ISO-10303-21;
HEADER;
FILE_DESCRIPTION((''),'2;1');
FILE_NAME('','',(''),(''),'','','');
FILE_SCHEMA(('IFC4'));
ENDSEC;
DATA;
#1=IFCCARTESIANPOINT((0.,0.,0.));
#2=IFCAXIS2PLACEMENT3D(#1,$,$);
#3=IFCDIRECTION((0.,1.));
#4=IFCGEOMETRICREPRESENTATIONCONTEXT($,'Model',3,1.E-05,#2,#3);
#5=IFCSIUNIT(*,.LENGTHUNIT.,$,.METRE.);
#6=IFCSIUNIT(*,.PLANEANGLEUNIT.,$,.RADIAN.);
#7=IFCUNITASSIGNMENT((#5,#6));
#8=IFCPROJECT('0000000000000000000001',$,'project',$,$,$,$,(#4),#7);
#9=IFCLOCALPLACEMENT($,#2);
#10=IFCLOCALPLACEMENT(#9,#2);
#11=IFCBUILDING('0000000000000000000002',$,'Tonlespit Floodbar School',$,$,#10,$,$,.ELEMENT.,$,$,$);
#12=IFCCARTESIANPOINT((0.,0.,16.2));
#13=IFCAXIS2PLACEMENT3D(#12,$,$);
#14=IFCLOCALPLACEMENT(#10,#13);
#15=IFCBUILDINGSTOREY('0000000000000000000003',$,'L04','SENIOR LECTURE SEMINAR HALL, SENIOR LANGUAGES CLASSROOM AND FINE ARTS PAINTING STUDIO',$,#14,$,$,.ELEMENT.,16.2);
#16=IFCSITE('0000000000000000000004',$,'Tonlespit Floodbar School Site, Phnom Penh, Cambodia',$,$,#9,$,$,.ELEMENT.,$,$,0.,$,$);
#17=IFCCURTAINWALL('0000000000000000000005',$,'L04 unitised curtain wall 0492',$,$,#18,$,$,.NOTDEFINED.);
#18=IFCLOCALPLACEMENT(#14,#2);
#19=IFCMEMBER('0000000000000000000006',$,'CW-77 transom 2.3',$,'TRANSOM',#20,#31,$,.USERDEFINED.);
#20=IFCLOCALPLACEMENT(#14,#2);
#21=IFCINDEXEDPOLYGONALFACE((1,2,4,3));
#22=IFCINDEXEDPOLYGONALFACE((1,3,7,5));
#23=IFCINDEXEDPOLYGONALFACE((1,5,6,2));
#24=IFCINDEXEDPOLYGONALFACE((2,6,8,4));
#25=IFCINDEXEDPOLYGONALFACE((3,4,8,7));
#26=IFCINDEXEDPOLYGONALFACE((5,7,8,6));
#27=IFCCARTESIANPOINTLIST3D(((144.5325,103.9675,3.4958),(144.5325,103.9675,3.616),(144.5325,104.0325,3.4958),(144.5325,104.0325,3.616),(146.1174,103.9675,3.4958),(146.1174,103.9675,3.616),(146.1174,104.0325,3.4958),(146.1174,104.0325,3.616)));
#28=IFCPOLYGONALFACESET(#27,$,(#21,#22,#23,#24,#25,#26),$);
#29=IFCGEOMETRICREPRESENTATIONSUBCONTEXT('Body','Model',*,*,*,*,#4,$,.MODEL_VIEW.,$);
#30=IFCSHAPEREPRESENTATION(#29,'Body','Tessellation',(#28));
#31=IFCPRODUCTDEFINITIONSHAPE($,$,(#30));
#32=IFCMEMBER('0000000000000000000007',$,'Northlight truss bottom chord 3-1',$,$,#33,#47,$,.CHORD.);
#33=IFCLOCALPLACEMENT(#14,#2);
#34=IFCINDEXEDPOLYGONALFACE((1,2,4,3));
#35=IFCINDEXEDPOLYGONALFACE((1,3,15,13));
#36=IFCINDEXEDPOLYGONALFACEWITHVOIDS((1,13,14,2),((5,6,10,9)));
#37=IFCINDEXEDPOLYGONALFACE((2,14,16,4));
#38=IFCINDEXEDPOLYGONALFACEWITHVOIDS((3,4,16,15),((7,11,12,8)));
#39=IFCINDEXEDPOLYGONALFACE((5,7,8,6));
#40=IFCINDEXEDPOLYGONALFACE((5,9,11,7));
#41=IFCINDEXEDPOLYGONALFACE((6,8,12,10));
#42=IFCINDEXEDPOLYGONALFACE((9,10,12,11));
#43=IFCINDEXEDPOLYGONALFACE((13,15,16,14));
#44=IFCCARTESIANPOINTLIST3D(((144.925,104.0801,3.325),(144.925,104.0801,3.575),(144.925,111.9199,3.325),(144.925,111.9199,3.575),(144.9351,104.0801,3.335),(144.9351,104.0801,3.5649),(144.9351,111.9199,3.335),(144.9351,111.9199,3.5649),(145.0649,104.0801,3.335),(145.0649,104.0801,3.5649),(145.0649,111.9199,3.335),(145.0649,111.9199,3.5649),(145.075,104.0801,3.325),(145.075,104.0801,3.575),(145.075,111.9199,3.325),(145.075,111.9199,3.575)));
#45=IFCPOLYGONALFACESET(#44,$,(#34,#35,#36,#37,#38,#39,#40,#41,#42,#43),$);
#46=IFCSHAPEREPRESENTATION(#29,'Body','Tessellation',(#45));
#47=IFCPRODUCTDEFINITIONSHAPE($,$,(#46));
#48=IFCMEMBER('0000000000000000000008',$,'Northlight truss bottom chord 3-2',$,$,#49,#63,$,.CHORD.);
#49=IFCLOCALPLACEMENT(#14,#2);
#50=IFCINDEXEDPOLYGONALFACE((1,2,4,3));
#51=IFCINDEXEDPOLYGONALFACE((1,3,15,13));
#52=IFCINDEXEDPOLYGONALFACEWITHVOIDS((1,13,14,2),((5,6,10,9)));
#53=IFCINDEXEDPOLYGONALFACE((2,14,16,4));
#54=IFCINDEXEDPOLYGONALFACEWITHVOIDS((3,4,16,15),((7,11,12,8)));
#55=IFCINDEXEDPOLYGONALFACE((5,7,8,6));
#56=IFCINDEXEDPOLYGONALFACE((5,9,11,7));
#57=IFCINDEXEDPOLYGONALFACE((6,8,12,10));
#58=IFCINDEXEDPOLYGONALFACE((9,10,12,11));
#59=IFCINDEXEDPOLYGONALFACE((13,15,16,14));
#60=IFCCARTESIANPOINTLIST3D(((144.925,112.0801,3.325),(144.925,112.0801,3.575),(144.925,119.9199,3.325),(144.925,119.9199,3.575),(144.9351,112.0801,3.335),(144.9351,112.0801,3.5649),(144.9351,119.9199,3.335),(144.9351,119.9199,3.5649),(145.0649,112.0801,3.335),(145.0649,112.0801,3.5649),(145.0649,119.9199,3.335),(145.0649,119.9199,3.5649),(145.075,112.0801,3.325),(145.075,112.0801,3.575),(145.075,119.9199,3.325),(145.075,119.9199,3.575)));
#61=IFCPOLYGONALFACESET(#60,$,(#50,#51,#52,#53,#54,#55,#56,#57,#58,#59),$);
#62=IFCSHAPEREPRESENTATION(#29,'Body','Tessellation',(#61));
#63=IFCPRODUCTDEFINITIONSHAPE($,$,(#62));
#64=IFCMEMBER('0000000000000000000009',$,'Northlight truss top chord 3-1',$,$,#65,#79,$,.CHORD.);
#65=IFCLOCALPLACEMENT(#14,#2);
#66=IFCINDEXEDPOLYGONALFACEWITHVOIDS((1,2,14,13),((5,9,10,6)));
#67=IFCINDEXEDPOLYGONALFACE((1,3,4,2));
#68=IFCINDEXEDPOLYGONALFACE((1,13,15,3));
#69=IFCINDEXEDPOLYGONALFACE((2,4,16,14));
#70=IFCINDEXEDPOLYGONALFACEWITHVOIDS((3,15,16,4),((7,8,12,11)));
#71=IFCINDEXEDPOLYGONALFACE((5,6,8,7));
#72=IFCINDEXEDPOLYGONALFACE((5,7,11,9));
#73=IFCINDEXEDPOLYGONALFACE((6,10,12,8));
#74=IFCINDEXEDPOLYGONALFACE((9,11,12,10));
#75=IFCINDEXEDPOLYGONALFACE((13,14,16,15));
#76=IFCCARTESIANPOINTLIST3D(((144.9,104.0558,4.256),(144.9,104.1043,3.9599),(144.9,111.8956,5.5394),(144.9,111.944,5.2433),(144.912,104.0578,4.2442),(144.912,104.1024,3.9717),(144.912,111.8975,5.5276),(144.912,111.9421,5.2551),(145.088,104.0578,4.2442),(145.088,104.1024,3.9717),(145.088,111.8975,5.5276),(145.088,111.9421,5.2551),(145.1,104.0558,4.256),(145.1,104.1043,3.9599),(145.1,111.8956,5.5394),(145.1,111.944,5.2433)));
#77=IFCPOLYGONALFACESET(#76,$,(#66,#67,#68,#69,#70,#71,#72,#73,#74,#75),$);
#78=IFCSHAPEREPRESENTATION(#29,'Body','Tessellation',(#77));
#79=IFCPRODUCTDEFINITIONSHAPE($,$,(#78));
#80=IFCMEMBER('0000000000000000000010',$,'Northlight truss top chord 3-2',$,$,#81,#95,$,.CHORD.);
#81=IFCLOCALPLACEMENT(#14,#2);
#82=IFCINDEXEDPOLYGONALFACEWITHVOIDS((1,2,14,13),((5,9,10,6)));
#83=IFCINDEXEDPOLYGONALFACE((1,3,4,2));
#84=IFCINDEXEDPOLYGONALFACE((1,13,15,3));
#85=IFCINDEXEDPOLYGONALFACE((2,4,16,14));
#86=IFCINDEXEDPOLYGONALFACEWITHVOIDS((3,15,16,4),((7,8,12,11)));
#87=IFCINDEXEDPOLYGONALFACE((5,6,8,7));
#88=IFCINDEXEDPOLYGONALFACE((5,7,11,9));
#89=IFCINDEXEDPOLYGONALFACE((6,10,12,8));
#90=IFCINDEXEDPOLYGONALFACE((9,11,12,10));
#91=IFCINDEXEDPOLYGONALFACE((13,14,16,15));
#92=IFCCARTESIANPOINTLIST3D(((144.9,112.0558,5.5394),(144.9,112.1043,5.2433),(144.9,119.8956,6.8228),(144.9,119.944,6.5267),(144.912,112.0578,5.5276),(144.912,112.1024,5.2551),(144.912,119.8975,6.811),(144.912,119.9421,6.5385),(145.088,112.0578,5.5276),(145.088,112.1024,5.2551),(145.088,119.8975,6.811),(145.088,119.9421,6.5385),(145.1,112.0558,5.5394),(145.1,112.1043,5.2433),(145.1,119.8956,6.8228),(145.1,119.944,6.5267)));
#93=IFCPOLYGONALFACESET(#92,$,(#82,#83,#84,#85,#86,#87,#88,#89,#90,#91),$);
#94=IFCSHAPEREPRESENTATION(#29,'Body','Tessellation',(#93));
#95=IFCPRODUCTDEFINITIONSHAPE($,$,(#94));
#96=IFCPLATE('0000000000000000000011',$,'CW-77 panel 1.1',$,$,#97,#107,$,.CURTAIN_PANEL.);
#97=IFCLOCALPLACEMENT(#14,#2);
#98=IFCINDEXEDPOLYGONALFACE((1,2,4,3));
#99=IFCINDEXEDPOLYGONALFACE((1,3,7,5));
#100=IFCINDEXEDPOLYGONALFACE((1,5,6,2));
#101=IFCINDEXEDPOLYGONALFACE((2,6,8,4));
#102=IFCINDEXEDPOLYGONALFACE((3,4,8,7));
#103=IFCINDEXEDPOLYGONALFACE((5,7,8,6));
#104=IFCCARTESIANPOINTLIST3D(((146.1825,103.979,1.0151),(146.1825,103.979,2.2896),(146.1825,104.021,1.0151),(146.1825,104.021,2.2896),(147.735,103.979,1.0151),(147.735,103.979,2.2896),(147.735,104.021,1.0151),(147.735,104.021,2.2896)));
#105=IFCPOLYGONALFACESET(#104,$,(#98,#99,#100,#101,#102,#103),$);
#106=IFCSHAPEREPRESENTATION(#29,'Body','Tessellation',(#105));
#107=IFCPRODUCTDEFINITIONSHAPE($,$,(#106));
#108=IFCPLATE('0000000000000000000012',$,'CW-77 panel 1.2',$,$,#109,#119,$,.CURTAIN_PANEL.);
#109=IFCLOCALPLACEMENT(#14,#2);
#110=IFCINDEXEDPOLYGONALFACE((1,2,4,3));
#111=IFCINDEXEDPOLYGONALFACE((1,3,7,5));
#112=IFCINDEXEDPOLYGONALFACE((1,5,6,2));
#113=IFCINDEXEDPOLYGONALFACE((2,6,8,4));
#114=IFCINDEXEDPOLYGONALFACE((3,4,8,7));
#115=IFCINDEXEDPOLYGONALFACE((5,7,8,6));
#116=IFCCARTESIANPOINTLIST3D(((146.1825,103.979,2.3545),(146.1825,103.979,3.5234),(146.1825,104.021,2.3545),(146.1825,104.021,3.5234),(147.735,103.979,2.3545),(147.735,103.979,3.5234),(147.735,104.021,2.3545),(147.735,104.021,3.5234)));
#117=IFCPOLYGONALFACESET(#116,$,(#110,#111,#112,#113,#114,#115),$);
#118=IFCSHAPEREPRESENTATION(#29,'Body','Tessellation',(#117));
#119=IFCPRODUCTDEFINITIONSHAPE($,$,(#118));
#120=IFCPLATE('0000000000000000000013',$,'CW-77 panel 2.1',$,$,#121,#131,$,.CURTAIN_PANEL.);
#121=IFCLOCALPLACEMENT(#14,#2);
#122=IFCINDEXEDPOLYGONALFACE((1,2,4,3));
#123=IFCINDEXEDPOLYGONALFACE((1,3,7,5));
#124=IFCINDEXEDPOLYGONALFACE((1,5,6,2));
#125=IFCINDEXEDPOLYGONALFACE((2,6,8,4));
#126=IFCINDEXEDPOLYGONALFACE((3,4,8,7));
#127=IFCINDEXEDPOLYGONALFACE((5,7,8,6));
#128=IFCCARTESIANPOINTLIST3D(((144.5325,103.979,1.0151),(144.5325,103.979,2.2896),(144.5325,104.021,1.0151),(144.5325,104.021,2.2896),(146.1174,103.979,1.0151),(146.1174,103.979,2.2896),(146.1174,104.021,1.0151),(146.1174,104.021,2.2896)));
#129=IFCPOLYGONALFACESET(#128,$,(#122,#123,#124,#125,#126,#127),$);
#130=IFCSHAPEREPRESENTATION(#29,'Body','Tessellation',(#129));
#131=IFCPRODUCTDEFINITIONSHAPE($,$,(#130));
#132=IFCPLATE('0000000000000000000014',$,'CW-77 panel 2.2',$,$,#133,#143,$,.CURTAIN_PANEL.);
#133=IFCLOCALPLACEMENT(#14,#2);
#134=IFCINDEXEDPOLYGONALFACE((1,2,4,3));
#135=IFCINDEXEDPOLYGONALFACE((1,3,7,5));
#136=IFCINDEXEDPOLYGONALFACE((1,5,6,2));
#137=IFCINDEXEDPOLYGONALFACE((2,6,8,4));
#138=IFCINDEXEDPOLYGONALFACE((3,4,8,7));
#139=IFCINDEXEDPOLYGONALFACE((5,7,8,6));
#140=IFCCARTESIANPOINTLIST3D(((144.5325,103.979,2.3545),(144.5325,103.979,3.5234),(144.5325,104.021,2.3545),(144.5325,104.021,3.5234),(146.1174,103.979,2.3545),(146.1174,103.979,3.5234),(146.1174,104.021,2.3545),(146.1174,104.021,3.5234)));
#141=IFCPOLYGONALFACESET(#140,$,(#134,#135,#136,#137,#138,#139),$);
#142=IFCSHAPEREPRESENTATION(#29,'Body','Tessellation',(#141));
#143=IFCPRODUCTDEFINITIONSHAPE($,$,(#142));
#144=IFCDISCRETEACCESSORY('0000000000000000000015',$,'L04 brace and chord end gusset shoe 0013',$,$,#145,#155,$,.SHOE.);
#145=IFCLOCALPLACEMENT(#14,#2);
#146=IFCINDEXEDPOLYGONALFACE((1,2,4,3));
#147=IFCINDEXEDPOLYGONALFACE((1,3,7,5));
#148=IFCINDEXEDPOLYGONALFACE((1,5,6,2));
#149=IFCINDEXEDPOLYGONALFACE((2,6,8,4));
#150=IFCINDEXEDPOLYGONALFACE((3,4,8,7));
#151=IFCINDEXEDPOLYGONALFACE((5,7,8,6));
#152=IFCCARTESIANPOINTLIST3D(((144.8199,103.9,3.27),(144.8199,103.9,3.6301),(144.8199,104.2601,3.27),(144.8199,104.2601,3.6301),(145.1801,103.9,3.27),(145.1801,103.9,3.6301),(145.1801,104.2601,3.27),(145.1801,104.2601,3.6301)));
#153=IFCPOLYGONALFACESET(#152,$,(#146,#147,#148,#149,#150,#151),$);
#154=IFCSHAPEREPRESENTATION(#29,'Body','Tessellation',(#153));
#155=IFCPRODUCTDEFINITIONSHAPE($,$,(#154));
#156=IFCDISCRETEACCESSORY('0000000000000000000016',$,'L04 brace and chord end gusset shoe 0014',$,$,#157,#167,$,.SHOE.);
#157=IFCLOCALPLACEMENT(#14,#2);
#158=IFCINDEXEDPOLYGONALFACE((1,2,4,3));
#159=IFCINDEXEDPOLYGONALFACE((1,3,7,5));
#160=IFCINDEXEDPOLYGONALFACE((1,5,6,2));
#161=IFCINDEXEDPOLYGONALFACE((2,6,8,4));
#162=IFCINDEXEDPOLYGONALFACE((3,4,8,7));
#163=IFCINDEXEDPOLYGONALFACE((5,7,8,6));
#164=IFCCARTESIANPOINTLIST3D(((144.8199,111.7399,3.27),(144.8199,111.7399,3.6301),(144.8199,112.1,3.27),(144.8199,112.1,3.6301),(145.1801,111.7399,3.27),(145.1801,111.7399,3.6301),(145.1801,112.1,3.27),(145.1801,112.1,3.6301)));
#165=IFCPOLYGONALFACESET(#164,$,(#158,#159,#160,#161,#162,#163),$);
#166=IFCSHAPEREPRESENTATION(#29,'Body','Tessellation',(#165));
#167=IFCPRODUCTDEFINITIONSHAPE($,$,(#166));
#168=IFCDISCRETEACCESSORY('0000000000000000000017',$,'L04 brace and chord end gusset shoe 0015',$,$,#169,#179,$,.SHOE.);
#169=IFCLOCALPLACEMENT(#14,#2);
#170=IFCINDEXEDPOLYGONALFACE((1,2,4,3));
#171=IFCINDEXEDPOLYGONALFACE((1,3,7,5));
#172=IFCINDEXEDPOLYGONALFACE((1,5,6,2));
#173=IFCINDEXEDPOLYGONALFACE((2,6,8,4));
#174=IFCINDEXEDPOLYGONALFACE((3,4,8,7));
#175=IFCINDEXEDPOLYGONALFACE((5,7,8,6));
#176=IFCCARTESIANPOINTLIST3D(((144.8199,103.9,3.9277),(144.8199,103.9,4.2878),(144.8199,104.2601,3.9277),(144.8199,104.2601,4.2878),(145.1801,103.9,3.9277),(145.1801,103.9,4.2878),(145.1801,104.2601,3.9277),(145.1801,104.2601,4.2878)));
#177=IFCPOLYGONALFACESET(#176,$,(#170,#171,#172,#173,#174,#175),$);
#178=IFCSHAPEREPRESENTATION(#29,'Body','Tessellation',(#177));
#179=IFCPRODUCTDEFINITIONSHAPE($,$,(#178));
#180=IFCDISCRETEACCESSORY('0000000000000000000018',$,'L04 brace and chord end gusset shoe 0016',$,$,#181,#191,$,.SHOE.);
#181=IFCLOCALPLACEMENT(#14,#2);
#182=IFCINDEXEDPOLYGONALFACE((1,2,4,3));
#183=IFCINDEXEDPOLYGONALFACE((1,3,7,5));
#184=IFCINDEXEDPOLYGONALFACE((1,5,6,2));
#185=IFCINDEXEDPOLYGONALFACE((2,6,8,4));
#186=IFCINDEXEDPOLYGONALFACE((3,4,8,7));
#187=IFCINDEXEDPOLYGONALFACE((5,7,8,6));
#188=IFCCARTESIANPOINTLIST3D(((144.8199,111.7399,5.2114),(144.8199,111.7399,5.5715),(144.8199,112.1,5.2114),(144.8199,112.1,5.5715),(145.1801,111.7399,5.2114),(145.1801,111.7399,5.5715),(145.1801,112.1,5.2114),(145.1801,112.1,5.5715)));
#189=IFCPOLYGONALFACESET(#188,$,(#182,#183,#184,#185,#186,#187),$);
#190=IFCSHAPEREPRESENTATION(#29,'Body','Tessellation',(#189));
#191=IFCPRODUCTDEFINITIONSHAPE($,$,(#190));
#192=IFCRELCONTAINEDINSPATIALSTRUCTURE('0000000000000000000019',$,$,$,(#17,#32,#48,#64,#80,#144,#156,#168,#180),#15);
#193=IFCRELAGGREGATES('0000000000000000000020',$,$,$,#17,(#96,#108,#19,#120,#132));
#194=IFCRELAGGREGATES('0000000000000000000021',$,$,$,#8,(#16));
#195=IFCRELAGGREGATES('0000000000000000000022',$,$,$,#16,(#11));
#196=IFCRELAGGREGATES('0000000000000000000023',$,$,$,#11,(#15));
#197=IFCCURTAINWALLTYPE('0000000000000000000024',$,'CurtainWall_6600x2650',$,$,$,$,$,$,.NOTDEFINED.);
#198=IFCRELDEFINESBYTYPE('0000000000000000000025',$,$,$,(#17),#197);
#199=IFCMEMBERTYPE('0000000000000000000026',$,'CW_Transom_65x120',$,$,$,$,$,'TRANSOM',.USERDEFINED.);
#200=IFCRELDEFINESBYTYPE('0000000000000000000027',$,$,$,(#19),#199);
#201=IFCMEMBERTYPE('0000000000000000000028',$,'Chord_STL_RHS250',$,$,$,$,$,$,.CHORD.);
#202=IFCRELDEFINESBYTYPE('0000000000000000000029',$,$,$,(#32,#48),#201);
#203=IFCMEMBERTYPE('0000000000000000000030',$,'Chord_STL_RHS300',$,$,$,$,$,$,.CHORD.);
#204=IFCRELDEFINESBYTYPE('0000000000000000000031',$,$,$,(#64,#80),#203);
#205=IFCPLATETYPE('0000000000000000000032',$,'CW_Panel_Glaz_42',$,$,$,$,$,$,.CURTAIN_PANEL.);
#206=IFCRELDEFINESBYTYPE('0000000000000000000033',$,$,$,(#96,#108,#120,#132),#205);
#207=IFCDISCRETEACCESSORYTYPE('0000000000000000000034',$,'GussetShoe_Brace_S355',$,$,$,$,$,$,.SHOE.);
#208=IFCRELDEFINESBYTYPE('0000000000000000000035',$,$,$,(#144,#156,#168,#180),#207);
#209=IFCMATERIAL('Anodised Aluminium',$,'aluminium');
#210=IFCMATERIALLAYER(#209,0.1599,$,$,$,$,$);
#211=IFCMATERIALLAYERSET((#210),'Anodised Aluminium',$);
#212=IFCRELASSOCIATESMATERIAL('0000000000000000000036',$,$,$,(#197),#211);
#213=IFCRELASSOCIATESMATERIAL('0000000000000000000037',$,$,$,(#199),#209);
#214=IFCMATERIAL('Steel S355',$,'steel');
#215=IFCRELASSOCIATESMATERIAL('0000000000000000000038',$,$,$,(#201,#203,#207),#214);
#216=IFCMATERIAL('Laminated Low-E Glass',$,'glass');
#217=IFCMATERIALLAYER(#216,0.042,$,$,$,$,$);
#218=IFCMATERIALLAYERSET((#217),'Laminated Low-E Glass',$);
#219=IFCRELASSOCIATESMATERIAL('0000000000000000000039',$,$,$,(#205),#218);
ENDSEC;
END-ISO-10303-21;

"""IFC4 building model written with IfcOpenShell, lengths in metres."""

from ifc_helpers import new_model, si_unit, direction, frame, origin, origin_2d, place, context, subcontext, project, spatial, rectangle, hollow_rectangle, extrude, material, layer, layer_set, material_profile, profile_set, type_object, element, aggregate, save


model = new_model("IFC4")

# Units and contexts
model_context = context("Model", 3, precision=1e-05, world=origin(), true_north=direction((0.0, 1.0)))
body_context = subcontext(model_context, "Body", "Model", "MODEL_VIEW")
ifc_project = project(units=[si_unit("LENGTHUNIT", "METRE"), si_unit("PLANEANGLEUNIT", "RADIAN")], contexts=[model_context])

# Site, building, storey
site_placement = place(None, origin())
site = spatial("IfcSite", under=ifc_project, at=site_placement, Name="Tonlespit Floodbar School Site, Phnom Penh, Cambodia", CompositionType="ELEMENT", RefElevation=0.0)
building_placement = place(site_placement, origin())
building = spatial("IfcBuilding", under=site, at=building_placement, Name="Tonlespit Floodbar School", CompositionType="ELEMENT")
storey_placement = place(building_placement, frame((0.0, 0.0, 16.2)))
storey = spatial("IfcBuildingStorey", under=building, at=storey_placement, Name="L04", Description="SENIOR LECTURE SEMINAR HALL, SENIOR LANGUAGES CLASSROOM AND FINE ARTS PAINTING STUDIO", CompositionType="ELEMENT", Elevation=16.2)

# Shared definitions
ifc_material_1 = material(Name="Steel S355", Category="steel")

# Curtain wall, member
ifc_material_2 = material(Name="Anodised Aluminium", Category="aluminium")
ifc_layer_1 = layer(ifc_material_2, 0.1599)
ifc_layer_set_1 = layer_set([ifc_layer_1], Name="Anodised Aluminium")
curtain_wall_type = type_object("IfcCurtainWallType", Name="CurtainWall_6600x2650", PredefinedType="NOTDEFINED", material=ifc_layer_set_1)
curtain_wall_placement = place(storey_placement, origin())
curtain_wall = element("IfcCurtainWall", 1, at=curtain_wall_placement, inside=storey, type_object=curtain_wall_type, Name="L04 unitised curtain wall 0492", PredefinedType="NOTDEFINED")
ifc_material_profile_1 = material_profile(ifc_material_2, rectangle(XDim=0.0649, YDim=0.1201, at=origin_2d()), Name="ALU T65x120")
ifc_profile_set_1 = profile_set([ifc_material_profile_1], Name="Anodised Aluminium")
member_type_1 = type_object("IfcMemberType", Name="CW_Transom_65x120", ElementType="TRANSOM", PredefinedType="USERDEFINED", material=ifc_profile_set_1)
member_1_placement = place(storey_placement, frame((146.1174, 104.0, 3.5559), z_axis=(-1.0, 0.0, 0.0), x_axis=(0.0, -1.0, 0.0)))
member_1 = element("IfcMember", 2, at=member_1_placement, type_object=member_type_1, Name="CW-77 transom 2.3", ObjectType="TRANSOM", PredefinedType="USERDEFINED", context=body_context, shape_type="SweptSolid", body=[
    extrude(rectangle(XDim=0.0649, YDim=0.1201, at=origin_2d()), origin(), (0.0, 0.0, 1.0), 1.585),
])

# Members
ifc_material_profile_2 = material_profile(ifc_material_1, hollow_rectangle(XDim=0.1499, YDim=0.25, WallThickness=0.01, at=origin_2d()), Name="RHS 250x150x10")
ifc_profile_set_2 = profile_set([ifc_material_profile_2], Name="Steel S355")
member_type_2 = type_object("IfcMemberType", Name="Chord_STL_RHS250", PredefinedType="CHORD", material=ifc_profile_set_2)
for number, where, z_axis, x_axis, name in (
    (3, (145.0, 104.0801, 3.45), (0.0, 1.0, 0.0), (-1.0, 0.0, 0.0), "Northlight truss bottom chord 3-1"),
    (4, (145.0, 112.0801, 3.45), (0.0, 1.0, 0.0), (-1.0, 0.0, 0.0), "Northlight truss bottom chord 3-2"),
):
    element("IfcMember", number, at=place(storey_placement, frame(where, z_axis=z_axis, x_axis=x_axis)), inside=storey, type_object=member_type_2, Name=name, PredefinedType="CHORD", context=body_context, shape_type="SweptSolid", body=[
        extrude(hollow_rectangle(XDim=0.1499, YDim=0.25, WallThickness=0.01, at=origin_2d()), origin(), (0.0, 0.0, 1.0), 7.8398),
    ])
ifc_material_profile_3 = material_profile(ifc_material_1, hollow_rectangle(XDim=0.2, YDim=0.3, WallThickness=0.012, at=origin_2d()), Name="RHS 300x200x12")
ifc_profile_set_3 = profile_set([ifc_material_profile_3], Name="Steel S355")
member_type_3 = type_object("IfcMemberType", Name="Chord_STL_RHS300", PredefinedType="CHORD", material=ifc_profile_set_3)
for number, where, z_axis, x_axis, name in (
    (5, (145.0, 104.0801, 4.1079), (0.0, 0.986863, 0.161558), (-1.0, 0.0, 0.0), "Northlight truss top chord 3-1"),
    (6, (145.0, 112.0801, 5.3914), (0.0, 0.986863, 0.161558), (-1.0, 0.0, 0.0), "Northlight truss top chord 3-2"),
):
    element("IfcMember", number, at=place(storey_placement, frame(where, z_axis=z_axis, x_axis=x_axis)), inside=storey, type_object=member_type_3, Name=name, PredefinedType="CHORD", context=body_context, shape_type="SweptSolid", body=[
        extrude(hollow_rectangle(XDim=0.2, YDim=0.3, WallThickness=0.012, at=origin_2d()), origin(), (0.0, 0.0, 1.0), 7.9441),
    ])

# Plates
ifc_material_3 = material(Name="Laminated Low-E Glass", Category="glass")
ifc_layer_2 = layer(ifc_material_3, 0.042)
ifc_layer_set_2 = layer_set([ifc_layer_2], Name="Laminated Low-E Glass")
plate_type = type_object("IfcPlateType", Name="CW_Panel_Glaz_42", PredefinedType="CURTAIN_PANEL", material=ifc_layer_set_2)
plate_1_placement = place(storey_placement, frame((146.9587, 104.0, 1.0151), z_axis=(0.0, 0.0, 1.0), x_axis=(-1.0, 0.0, 0.0)))
plate_1 = element("IfcPlate", 7, at=plate_1_placement, type_object=plate_type, Name="CW-77 panel 1.1", PredefinedType="CURTAIN_PANEL", context=body_context, shape_type="SweptSolid", body=[
    extrude(rectangle(XDim=1.5525, YDim=0.042, at=origin_2d()), origin(), (0.0, 0.0, 1.0), 1.2744),
])
plate_2_placement = place(storey_placement, frame((146.9587, 104.0, 2.3545), z_axis=(0.0, 0.0, 1.0), x_axis=(-1.0, 0.0, 0.0)))
plate_2 = element("IfcPlate", 8, at=plate_2_placement, type_object=plate_type, Name="CW-77 panel 1.2", PredefinedType="CURTAIN_PANEL", context=body_context, shape_type="SweptSolid", body=[
    extrude(rectangle(XDim=1.5525, YDim=0.042, at=origin_2d()), origin(), (0.0, 0.0, 1.0), 1.1689),
])
plate_3_placement = place(storey_placement, frame((145.325, 104.0, 1.0151), z_axis=(0.0, 0.0, 1.0), x_axis=(-1.0, 0.0, 0.0)))
plate_3 = element("IfcPlate", 9, at=plate_3_placement, type_object=plate_type, Name="CW-77 panel 2.1", PredefinedType="CURTAIN_PANEL", context=body_context, shape_type="SweptSolid", body=[
    extrude(rectangle(XDim=1.585, YDim=0.042, at=origin_2d()), origin(), (0.0, 0.0, 1.0), 1.2744),
])
plate_4_placement = place(storey_placement, frame((145.325, 104.0, 2.3545), z_axis=(0.0, 0.0, 1.0), x_axis=(-1.0, 0.0, 0.0)))
plate_4 = element("IfcPlate", 10, at=plate_4_placement, type_object=plate_type, Name="CW-77 panel 2.2", PredefinedType="CURTAIN_PANEL", context=body_context, shape_type="SweptSolid", body=[
    extrude(rectangle(XDim=1.585, YDim=0.042, at=origin_2d()), origin(), (0.0, 0.0, 1.0), 1.1689),
])
aggregate(curtain_wall, [plate_1, plate_2, member_1, plate_3, plate_4])

# Discrete accessories
discrete_accessory_type = type_object("IfcDiscreteAccessoryType", Name="GussetShoe_Brace_S355", PredefinedType="SHOE", material=ifc_material_1)
for number, where, z_axis, x_axis, name in (
    (11, (145.0, 104.0801, 3.27), (0.0, 0.0, 1.0), (1.0, 0.0, 0.0), "L04 brace and chord end gusset shoe 0013"),
    (12, (145.0, 111.9199, 3.27), (0.0, 0.0, 1.0), (1.0, 0.0, 0.0), "L04 brace and chord end gusset shoe 0014"),
    (13, (145.0, 104.0801, 3.9277), (0.0, 0.0, 1.0), (1.0, 0.0, 0.0), "L04 brace and chord end gusset shoe 0015"),
    (14, (145.0, 111.9199, 5.2114), (0.0, 0.0, 1.0), (1.0, 0.0, 0.0), "L04 brace and chord end gusset shoe 0016"),
):
    element("IfcDiscreteAccessory", number, at=place(storey_placement, frame(where, z_axis=z_axis, x_axis=x_axis)), inside=storey, type_object=discrete_accessory_type, Name=name, PredefinedType="SHOE", context=body_context, shape_type="SweptSolid", body=[
        extrude(rectangle(XDim=0.3601, YDim=0.3601, at=origin_2d()), origin(), (0.0, 0.0, 1.0), 0.3601),
    ])

save(model, "model.ifc")
